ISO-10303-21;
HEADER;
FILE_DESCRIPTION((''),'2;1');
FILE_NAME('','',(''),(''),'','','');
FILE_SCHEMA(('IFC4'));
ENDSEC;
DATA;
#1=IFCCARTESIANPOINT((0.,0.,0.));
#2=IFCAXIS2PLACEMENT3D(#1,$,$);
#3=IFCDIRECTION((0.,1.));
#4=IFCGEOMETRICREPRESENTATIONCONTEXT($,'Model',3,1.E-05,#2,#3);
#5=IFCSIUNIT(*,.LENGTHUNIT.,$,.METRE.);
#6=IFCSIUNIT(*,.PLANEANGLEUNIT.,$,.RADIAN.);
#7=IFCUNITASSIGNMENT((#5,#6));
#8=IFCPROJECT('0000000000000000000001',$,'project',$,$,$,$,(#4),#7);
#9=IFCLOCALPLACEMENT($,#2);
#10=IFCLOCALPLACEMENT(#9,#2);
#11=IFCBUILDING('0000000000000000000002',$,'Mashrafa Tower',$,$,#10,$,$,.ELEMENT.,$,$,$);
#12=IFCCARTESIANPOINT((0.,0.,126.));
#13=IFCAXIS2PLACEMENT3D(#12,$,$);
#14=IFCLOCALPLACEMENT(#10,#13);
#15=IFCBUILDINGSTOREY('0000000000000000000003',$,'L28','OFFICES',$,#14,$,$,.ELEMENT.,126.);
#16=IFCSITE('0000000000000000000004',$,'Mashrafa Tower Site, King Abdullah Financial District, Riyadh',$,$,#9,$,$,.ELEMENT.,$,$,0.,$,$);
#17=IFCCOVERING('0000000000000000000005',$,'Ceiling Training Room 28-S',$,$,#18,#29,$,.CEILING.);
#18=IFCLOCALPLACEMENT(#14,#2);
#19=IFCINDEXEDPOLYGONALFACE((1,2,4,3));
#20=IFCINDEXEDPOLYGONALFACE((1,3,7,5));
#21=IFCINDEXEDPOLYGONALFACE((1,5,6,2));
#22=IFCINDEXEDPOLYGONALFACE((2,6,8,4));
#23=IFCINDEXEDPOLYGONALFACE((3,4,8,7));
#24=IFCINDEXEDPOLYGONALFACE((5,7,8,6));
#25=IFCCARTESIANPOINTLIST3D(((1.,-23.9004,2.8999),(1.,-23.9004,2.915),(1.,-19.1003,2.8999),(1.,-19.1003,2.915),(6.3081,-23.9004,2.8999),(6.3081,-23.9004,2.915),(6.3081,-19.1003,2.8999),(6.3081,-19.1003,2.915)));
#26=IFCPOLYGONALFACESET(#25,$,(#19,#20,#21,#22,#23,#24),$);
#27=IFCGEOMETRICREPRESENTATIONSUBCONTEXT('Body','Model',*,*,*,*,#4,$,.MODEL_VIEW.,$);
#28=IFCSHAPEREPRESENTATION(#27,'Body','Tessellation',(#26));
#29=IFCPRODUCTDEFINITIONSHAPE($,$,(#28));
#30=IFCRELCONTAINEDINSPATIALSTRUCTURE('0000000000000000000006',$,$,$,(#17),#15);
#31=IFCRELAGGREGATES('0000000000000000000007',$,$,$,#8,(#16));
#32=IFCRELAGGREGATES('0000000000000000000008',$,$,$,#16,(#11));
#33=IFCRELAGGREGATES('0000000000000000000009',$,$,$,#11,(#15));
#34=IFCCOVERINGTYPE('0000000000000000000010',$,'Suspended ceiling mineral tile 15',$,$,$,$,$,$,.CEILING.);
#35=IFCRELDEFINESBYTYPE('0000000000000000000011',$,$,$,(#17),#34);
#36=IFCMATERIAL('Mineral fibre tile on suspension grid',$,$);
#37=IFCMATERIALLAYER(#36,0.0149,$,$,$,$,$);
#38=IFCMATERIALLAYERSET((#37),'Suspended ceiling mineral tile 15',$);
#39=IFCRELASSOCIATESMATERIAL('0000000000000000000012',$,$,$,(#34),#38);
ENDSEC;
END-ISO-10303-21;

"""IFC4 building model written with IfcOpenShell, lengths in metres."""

from ifc_helpers import new_model, si_unit, direction, frame, origin, place, context, subcontext, project, spatial, polyline, outline, extrude, material, layer, layer_set, type_object, element, save


model = new_model("IFC4")

# Units and contexts
model_context = context("Model", 3, precision=1e-05, world=origin(), true_north=direction((0.0, 1.0)))
body_context = subcontext(model_context, "Body", "Model", "MODEL_VIEW")
ifc_project = project(units=[si_unit("LENGTHUNIT", "METRE"), si_unit("PLANEANGLEUNIT", "RADIAN")], contexts=[model_context])

# Site, building, storey
site_placement = place(None, origin())
site = spatial("IfcSite", under=ifc_project, at=site_placement, Name="Mashrafa Tower Site, King Abdullah Financial District, Riyadh", CompositionType="ELEMENT", RefElevation=0.0)
building_placement = place(site_placement, origin())
building = spatial("IfcBuilding", under=site, at=building_placement, Name="Mashrafa Tower", CompositionType="ELEMENT")
storey_placement = place(building_placement, frame((0.0, 0.0, 126.0)))
storey = spatial("IfcBuildingStorey", under=building, at=storey_placement, Name="L28", Description="OFFICES", CompositionType="ELEMENT", Elevation=126.0)

# Covering
ifc_material_1 = material(Name="Mineral fibre tile on suspension grid")
ifc_layer_1 = layer(ifc_material_1, 0.0149)
ifc_layer_set_1 = layer_set([ifc_layer_1], Name="Suspended ceiling mineral tile 15")
covering_type_1 = type_object("IfcCoveringType", Name="Suspended ceiling mineral tile 15", PredefinedType="CEILING", material=ifc_layer_set_1)
covering_1_placement = place(storey_placement, frame((0.0, 0.0, 2.8999)))
element("IfcCovering", 1, at=covering_1_placement, inside=storey, type_object=covering_type_1, Name="Ceiling Training Room 28-S", PredefinedType="CEILING", context=body_context, shape_type="SweptSolid", body=[
    extrude(outline(polyline([(1.0, -19.1003), (6.3081, -19.1003), (6.3081, -23.9004), (1.0, -23.9004), (1.0, -19.1003)])), origin(), (0.0, 0.0, 1.0), 0.0151),
])

save(model, "model.ifc")
